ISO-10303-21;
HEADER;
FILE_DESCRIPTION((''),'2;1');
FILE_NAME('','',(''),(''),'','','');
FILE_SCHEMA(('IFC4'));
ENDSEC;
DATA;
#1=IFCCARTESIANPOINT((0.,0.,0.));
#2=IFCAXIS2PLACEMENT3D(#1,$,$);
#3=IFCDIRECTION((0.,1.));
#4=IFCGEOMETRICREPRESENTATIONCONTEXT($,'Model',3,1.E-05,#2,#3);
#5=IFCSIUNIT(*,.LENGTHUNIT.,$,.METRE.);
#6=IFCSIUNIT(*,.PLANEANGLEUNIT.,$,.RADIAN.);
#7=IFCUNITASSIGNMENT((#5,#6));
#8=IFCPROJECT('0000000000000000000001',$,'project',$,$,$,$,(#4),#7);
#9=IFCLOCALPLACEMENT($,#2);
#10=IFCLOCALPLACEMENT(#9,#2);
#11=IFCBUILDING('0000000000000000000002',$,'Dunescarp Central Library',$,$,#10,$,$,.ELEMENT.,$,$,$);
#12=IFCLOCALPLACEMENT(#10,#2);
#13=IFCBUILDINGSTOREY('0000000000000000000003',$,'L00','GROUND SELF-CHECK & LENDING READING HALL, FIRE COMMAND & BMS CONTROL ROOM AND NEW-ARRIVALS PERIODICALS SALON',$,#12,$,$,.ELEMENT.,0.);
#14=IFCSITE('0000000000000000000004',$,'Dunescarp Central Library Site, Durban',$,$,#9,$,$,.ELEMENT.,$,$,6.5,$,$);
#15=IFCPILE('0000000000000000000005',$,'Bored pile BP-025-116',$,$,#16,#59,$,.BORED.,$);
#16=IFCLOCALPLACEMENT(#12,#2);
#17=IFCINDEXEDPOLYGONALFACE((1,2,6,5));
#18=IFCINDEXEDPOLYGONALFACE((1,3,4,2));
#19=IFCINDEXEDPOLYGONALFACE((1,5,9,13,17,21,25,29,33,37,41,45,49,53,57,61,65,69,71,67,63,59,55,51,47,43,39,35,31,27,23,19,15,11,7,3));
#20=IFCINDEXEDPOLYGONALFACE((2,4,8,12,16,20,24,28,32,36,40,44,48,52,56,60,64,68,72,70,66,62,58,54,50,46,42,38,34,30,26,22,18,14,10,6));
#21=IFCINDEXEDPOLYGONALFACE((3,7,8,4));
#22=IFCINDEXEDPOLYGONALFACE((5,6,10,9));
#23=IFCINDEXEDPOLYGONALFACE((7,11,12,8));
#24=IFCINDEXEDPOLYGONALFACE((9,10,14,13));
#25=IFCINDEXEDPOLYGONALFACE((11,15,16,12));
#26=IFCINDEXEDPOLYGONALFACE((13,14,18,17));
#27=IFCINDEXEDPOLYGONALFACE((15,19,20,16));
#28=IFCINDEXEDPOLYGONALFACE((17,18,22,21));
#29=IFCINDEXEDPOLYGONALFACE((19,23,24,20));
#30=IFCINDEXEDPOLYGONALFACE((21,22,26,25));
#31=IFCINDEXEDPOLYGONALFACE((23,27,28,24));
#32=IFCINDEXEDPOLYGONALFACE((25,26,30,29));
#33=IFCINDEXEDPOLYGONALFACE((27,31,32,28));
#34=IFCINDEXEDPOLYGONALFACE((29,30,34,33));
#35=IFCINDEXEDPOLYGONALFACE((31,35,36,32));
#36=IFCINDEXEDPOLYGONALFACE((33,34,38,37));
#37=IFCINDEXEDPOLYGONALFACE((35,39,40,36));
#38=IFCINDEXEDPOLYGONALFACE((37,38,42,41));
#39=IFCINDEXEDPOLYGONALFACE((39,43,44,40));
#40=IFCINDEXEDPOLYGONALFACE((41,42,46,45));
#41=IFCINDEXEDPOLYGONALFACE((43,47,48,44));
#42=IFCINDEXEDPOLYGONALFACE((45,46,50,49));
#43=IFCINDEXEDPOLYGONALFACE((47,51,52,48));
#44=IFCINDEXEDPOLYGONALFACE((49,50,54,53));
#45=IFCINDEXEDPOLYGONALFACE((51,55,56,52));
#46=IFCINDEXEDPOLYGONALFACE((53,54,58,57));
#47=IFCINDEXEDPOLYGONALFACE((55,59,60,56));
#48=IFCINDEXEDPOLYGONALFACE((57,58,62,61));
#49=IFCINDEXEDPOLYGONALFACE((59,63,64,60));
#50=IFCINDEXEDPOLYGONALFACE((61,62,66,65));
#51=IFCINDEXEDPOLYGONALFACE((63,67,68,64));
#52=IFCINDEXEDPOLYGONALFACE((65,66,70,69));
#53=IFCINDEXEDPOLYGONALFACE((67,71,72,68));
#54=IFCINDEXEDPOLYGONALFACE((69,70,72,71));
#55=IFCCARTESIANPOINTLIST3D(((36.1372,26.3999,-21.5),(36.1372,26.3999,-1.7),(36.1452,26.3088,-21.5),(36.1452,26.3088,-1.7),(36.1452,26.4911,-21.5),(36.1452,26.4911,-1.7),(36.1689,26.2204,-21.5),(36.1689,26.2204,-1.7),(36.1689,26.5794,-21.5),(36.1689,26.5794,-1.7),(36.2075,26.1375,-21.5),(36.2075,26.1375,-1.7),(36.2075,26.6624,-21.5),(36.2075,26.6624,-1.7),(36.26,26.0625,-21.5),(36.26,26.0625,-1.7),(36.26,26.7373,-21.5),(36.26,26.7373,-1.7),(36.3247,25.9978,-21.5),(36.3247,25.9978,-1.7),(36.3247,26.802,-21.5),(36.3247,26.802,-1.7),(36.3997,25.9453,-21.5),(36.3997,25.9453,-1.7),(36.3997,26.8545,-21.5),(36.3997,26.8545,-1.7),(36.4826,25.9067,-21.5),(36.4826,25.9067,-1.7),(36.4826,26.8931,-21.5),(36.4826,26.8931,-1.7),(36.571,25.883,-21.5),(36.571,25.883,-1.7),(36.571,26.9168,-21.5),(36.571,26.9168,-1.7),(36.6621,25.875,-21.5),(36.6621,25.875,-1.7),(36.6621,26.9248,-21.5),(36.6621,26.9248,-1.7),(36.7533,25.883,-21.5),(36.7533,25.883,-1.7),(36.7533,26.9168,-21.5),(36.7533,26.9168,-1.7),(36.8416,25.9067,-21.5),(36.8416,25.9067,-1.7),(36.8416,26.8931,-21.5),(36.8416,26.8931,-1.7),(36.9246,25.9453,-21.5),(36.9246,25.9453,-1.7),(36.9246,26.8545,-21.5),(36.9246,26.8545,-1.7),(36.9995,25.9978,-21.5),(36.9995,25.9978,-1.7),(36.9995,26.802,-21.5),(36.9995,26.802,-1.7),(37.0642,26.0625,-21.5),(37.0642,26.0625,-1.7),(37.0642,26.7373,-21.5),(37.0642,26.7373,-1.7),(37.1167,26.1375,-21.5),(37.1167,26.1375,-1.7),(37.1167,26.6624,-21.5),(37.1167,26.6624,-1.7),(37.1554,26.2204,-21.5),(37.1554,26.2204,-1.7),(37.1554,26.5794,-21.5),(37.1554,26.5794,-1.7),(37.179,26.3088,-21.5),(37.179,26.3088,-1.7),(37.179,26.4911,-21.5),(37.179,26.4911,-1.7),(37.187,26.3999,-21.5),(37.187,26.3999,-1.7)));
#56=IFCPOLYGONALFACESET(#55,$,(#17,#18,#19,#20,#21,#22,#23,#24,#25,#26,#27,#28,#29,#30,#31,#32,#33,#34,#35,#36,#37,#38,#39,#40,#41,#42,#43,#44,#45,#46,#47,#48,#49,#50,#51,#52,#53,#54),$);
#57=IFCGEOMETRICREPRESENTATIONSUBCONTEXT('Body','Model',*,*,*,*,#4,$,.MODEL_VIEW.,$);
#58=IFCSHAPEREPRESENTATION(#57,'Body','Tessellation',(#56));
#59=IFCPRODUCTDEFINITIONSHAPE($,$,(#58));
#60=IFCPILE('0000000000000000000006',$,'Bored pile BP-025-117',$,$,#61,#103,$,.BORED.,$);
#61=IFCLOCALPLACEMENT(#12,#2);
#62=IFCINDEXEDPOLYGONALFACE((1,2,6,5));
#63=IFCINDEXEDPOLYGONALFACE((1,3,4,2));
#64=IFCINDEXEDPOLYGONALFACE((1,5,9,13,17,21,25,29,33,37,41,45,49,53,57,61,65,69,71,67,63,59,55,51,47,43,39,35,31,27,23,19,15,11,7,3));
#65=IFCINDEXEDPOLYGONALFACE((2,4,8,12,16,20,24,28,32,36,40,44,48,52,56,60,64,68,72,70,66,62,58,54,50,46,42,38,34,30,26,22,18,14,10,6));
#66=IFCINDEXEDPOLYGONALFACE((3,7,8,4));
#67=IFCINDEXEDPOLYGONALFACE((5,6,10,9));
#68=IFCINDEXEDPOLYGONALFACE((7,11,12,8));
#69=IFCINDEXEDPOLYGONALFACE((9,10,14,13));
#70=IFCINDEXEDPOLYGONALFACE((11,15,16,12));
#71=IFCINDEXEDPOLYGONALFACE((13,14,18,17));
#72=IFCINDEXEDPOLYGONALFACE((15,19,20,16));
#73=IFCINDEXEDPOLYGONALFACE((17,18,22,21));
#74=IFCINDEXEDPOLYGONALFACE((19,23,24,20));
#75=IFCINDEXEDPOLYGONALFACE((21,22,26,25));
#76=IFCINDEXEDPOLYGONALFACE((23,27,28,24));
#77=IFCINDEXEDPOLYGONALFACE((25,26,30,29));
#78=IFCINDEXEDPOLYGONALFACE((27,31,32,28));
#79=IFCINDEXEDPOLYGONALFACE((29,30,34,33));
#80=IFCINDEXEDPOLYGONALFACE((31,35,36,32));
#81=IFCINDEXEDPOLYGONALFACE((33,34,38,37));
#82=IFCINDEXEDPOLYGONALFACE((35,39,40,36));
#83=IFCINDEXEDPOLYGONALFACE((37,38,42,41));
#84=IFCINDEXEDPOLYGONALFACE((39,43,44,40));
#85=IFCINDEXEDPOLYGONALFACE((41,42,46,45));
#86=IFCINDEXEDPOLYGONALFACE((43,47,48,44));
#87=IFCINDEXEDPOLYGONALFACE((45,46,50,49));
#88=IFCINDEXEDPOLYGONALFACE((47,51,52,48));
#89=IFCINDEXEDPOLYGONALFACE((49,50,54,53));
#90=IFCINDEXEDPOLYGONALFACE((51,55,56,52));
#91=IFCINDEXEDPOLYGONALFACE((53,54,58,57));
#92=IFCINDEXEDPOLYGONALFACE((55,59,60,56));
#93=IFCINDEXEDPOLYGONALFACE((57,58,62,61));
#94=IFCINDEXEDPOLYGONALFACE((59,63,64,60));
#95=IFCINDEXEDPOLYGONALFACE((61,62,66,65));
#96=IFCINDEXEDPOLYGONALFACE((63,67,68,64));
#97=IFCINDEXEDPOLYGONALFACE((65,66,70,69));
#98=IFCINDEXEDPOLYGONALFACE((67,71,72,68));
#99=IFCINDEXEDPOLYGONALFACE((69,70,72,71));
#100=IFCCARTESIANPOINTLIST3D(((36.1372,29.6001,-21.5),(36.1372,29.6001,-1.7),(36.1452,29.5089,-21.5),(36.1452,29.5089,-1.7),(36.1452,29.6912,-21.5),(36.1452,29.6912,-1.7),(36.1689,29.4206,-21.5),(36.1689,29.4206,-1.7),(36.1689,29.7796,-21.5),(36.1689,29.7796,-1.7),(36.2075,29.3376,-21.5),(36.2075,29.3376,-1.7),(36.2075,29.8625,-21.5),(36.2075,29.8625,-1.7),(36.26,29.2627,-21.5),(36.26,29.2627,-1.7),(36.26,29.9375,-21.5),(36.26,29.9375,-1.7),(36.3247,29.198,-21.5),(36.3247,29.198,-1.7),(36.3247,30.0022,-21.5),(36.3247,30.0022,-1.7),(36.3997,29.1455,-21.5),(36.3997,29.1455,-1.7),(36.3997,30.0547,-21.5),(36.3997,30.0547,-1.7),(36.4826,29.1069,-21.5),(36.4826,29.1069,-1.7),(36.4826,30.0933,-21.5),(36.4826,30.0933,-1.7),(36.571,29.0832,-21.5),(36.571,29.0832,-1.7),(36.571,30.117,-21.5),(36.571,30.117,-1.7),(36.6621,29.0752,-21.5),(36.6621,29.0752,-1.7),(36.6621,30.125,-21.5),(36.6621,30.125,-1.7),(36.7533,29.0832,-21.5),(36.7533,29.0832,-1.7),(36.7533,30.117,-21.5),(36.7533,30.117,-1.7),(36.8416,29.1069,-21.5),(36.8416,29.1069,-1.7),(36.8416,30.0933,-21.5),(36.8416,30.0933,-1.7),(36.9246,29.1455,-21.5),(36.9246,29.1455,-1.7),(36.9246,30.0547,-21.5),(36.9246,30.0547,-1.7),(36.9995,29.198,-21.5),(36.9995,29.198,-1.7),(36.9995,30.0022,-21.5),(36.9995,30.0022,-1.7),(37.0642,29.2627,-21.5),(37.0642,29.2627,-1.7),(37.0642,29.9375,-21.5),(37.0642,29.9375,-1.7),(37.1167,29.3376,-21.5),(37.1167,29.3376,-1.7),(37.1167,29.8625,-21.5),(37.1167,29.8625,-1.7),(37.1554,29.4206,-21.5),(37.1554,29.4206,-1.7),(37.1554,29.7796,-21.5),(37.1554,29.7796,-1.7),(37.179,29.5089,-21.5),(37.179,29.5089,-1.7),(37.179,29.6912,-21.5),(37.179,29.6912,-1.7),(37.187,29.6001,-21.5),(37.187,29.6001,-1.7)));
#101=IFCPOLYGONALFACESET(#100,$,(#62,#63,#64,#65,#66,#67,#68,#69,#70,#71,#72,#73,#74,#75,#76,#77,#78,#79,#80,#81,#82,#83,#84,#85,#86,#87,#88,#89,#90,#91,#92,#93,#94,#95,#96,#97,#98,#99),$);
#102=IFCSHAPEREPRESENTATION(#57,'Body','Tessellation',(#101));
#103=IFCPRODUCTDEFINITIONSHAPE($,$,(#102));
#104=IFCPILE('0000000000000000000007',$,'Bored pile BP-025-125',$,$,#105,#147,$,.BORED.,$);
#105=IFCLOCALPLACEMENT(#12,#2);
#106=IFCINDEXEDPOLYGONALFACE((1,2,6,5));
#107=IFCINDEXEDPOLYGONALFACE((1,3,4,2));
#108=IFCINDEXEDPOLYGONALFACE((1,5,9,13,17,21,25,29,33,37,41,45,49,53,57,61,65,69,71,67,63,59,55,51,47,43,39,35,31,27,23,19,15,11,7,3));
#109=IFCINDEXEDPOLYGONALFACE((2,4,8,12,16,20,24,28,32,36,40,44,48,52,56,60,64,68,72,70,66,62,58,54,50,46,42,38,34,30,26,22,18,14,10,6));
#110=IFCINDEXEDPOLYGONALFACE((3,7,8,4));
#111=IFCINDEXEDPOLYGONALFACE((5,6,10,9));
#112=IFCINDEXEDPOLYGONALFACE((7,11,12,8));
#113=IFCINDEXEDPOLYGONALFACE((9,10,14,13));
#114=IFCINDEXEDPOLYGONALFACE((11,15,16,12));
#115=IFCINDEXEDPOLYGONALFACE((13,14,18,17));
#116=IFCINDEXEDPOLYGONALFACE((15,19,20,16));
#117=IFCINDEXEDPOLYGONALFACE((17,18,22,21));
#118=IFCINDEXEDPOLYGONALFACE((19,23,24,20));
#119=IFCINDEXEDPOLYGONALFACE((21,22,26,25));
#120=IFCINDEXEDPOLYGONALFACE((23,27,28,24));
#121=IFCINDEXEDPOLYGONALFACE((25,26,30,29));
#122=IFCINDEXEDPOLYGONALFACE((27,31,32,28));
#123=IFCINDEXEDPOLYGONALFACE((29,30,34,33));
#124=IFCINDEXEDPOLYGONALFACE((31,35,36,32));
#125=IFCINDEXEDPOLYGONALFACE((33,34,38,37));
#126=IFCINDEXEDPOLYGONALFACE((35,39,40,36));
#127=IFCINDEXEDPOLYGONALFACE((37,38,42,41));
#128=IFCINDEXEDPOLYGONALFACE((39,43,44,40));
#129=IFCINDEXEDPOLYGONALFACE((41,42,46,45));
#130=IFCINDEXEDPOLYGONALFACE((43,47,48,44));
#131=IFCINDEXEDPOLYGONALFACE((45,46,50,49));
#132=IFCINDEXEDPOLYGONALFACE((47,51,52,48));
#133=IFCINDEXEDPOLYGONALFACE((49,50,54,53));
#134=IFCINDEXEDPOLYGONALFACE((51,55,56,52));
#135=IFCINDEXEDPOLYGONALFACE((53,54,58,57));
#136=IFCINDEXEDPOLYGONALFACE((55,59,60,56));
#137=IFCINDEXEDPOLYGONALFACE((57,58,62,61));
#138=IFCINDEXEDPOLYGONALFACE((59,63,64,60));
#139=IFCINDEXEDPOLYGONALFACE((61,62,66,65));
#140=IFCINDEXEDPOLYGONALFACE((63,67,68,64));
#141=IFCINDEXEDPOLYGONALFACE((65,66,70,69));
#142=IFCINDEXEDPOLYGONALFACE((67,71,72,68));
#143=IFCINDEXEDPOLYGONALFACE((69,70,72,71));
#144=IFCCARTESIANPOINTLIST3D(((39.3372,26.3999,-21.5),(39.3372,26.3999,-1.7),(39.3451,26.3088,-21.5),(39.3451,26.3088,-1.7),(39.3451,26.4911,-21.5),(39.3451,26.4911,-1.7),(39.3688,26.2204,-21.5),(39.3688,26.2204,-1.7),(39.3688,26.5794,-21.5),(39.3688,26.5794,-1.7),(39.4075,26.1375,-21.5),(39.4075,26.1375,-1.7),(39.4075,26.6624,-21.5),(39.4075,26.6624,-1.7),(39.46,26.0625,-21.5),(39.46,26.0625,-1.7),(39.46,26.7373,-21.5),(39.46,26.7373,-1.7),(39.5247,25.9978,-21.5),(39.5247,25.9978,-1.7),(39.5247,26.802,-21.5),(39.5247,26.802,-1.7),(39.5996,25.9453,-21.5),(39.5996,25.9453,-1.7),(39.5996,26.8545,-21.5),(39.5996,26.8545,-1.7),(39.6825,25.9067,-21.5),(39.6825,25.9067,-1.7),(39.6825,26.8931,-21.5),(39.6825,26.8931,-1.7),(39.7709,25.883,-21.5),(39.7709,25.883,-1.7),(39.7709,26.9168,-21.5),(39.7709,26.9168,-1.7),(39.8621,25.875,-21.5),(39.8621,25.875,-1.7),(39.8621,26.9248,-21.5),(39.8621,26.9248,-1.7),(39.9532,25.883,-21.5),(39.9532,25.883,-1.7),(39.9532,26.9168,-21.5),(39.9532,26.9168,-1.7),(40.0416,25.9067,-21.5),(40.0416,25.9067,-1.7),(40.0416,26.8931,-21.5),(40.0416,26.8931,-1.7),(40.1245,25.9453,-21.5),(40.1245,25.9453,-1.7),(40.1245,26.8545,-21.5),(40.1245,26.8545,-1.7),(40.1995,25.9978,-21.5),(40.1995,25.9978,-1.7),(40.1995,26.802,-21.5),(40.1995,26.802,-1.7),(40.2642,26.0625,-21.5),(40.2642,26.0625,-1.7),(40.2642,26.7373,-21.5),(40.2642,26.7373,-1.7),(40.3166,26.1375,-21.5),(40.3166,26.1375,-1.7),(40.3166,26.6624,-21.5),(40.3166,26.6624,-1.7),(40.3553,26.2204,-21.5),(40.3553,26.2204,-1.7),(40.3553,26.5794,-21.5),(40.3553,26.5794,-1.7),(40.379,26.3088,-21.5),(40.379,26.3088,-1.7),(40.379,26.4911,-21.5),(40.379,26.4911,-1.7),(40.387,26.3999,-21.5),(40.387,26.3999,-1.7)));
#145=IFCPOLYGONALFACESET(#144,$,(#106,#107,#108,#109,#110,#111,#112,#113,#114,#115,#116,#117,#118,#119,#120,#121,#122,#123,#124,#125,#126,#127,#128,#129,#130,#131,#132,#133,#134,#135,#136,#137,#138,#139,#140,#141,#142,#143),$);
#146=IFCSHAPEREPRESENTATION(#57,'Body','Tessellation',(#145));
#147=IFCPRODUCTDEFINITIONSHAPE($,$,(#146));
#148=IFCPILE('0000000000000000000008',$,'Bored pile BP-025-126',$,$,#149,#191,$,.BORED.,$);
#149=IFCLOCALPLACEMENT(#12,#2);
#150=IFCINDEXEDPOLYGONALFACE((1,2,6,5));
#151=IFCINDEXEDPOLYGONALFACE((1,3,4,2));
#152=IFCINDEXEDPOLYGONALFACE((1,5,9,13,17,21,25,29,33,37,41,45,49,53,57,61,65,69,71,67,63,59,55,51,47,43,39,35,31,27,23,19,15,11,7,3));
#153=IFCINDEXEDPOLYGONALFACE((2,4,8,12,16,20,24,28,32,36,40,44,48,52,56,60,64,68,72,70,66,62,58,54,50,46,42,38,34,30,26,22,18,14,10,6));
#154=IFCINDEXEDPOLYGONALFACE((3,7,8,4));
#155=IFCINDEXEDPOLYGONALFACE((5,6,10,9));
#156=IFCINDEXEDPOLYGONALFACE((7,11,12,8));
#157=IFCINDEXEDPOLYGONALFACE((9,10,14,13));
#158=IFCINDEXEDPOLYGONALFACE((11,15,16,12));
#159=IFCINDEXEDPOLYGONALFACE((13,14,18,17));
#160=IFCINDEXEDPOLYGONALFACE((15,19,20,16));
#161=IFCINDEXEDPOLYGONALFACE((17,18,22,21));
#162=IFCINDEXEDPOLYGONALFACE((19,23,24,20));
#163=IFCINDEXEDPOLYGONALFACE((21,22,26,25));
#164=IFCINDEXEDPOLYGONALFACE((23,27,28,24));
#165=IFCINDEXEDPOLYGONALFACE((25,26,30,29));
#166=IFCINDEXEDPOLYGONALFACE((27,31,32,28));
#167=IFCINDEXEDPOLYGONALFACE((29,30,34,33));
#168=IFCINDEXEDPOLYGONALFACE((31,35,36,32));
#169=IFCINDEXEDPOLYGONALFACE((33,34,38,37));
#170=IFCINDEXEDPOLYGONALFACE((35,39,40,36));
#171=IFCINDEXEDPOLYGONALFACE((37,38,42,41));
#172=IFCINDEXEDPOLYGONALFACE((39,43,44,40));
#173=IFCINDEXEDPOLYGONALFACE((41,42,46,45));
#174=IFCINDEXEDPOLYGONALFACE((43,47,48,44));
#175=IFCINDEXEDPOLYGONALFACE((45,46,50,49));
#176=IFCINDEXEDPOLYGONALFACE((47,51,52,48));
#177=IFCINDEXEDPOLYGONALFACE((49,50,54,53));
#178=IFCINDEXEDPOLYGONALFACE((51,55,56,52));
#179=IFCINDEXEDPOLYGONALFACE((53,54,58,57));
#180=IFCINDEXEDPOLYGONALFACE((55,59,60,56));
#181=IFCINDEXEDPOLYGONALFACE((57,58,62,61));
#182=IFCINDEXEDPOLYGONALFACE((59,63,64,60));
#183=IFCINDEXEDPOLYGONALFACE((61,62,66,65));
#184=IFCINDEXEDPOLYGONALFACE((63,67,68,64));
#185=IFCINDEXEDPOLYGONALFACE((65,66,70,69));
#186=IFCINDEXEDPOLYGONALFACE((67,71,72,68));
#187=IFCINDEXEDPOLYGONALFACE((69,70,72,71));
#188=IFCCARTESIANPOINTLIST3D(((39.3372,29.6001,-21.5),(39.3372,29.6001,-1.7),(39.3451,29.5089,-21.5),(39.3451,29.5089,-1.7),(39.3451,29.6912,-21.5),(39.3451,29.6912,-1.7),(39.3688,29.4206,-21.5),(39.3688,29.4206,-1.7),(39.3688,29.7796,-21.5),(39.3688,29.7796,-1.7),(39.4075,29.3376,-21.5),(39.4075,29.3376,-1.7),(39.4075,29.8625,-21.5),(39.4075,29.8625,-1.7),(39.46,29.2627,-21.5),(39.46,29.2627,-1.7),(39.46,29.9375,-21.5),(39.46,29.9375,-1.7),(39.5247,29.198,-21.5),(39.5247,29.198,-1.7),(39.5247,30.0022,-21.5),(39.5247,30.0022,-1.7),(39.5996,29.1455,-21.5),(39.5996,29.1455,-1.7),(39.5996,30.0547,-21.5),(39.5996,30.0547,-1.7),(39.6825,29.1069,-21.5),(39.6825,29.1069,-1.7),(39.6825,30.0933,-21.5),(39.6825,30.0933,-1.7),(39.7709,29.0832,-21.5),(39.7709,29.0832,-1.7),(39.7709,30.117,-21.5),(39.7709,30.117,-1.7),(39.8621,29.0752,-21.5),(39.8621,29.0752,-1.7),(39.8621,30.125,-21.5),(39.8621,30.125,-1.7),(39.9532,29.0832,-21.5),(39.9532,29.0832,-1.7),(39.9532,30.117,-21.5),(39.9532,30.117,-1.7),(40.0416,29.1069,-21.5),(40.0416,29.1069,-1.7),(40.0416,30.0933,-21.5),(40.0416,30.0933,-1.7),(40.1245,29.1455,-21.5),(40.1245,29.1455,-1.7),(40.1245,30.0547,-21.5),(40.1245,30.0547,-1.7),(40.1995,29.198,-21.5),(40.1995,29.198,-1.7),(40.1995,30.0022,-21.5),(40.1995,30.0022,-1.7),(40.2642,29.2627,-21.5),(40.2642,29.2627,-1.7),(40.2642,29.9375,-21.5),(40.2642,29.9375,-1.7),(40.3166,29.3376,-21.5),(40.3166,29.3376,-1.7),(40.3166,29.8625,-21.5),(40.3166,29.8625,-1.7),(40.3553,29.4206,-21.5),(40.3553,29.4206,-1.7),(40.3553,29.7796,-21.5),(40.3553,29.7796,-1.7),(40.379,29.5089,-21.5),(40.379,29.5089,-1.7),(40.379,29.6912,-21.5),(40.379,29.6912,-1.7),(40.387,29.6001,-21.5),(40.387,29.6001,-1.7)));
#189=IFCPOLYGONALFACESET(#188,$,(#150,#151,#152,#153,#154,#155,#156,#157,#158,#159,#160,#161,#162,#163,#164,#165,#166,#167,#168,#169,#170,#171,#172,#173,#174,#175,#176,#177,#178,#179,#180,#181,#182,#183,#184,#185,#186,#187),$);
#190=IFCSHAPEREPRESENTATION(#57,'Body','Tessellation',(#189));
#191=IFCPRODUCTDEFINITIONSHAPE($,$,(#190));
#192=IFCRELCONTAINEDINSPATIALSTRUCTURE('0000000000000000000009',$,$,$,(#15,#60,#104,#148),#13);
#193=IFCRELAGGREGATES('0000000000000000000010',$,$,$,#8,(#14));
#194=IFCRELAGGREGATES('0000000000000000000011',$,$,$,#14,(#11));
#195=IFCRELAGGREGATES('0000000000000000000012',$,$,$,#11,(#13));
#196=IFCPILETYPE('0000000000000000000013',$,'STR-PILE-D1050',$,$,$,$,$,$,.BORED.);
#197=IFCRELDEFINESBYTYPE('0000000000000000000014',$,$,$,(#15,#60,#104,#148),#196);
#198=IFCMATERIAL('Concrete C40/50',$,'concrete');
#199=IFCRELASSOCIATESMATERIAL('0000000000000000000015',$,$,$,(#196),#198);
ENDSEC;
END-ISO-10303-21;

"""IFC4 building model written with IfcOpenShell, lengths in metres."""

from ifc_helpers import new_model, si_unit, direction, frame, origin, origin_2d, place, context, subcontext, project, spatial, circle, extrude, material, material_profile, profile_set, type_object, element, save


model = new_model("IFC4")

# Units and contexts
model_context = context("Model", 3, precision=1e-05, world=origin(), true_north=direction((0.0, 1.0)))
body_context = subcontext(model_context, "Body", "Model", "MODEL_VIEW")
ifc_project = project(units=[si_unit("LENGTHUNIT", "METRE"), si_unit("PLANEANGLEUNIT", "RADIAN")], contexts=[model_context])

# Site, building, storey
site_placement = place(None, origin())
site = spatial("IfcSite", under=ifc_project, at=site_placement, Name="Dunescarp Central Library Site, Durban", CompositionType="ELEMENT", RefElevation=6.5)
building_placement = place(site_placement, origin())
building = spatial("IfcBuilding", under=site, at=building_placement, Name="Dunescarp Central Library", CompositionType="ELEMENT")
storey_placement = place(building_placement, origin())
storey = spatial("IfcBuildingStorey", under=building, at=storey_placement, Name="L00", Description="GROUND SELF-CHECK & LENDING READING HALL, FIRE COMMAND & BMS CONTROL ROOM AND NEW-ARRIVALS PERIODICALS SALON", CompositionType="ELEMENT", Elevation=0.0)

# Piles
ifc_material_1 = material(Name="Concrete C40/50", Category="concrete")
ifc_material_profile_1 = material_profile(ifc_material_1, circle(Radius=0.5249, at=origin_2d()), Name="PILE D1050")
ifc_profile_set_1 = profile_set([ifc_material_profile_1], Name="Concrete C40/50")
pile_type = type_object("IfcPileType", Name="STR-PILE-D1050", PredefinedType="BORED", material=ifc_profile_set_1)
for number, where, z_axis, x_axis, name in (
    (1, (36.6621, 26.3999, -1.7), (0.0, 0.0, -1.0), (1.0, 0.0, 0.0), "Bored pile BP-025-116"),
    (2, (36.6621, 29.6001, -1.7), (0.0, 0.0, -1.0), (1.0, 0.0, 0.0), "Bored pile BP-025-117"),
    (3, (39.8621, 26.3999, -1.7), (0.0, 0.0, -1.0), (1.0, 0.0, 0.0), "Bored pile BP-025-125"),
    (4, (39.8621, 29.6001, -1.7), (0.0, 0.0, -1.0), (1.0, 0.0, 0.0), "Bored pile BP-025-126"),
):
    element("IfcPile", number, at=place(storey_placement, frame(where, z_axis=z_axis, x_axis=x_axis)), inside=storey, type_object=pile_type, Name=name, PredefinedType="BORED", context=body_context, shape_type="SweptSolid", body=[
        extrude(circle(Radius=0.5249, at=origin_2d()), origin(), (0.0, 0.0, 1.0), 19.8),
    ])

save(model, "model.ifc")
